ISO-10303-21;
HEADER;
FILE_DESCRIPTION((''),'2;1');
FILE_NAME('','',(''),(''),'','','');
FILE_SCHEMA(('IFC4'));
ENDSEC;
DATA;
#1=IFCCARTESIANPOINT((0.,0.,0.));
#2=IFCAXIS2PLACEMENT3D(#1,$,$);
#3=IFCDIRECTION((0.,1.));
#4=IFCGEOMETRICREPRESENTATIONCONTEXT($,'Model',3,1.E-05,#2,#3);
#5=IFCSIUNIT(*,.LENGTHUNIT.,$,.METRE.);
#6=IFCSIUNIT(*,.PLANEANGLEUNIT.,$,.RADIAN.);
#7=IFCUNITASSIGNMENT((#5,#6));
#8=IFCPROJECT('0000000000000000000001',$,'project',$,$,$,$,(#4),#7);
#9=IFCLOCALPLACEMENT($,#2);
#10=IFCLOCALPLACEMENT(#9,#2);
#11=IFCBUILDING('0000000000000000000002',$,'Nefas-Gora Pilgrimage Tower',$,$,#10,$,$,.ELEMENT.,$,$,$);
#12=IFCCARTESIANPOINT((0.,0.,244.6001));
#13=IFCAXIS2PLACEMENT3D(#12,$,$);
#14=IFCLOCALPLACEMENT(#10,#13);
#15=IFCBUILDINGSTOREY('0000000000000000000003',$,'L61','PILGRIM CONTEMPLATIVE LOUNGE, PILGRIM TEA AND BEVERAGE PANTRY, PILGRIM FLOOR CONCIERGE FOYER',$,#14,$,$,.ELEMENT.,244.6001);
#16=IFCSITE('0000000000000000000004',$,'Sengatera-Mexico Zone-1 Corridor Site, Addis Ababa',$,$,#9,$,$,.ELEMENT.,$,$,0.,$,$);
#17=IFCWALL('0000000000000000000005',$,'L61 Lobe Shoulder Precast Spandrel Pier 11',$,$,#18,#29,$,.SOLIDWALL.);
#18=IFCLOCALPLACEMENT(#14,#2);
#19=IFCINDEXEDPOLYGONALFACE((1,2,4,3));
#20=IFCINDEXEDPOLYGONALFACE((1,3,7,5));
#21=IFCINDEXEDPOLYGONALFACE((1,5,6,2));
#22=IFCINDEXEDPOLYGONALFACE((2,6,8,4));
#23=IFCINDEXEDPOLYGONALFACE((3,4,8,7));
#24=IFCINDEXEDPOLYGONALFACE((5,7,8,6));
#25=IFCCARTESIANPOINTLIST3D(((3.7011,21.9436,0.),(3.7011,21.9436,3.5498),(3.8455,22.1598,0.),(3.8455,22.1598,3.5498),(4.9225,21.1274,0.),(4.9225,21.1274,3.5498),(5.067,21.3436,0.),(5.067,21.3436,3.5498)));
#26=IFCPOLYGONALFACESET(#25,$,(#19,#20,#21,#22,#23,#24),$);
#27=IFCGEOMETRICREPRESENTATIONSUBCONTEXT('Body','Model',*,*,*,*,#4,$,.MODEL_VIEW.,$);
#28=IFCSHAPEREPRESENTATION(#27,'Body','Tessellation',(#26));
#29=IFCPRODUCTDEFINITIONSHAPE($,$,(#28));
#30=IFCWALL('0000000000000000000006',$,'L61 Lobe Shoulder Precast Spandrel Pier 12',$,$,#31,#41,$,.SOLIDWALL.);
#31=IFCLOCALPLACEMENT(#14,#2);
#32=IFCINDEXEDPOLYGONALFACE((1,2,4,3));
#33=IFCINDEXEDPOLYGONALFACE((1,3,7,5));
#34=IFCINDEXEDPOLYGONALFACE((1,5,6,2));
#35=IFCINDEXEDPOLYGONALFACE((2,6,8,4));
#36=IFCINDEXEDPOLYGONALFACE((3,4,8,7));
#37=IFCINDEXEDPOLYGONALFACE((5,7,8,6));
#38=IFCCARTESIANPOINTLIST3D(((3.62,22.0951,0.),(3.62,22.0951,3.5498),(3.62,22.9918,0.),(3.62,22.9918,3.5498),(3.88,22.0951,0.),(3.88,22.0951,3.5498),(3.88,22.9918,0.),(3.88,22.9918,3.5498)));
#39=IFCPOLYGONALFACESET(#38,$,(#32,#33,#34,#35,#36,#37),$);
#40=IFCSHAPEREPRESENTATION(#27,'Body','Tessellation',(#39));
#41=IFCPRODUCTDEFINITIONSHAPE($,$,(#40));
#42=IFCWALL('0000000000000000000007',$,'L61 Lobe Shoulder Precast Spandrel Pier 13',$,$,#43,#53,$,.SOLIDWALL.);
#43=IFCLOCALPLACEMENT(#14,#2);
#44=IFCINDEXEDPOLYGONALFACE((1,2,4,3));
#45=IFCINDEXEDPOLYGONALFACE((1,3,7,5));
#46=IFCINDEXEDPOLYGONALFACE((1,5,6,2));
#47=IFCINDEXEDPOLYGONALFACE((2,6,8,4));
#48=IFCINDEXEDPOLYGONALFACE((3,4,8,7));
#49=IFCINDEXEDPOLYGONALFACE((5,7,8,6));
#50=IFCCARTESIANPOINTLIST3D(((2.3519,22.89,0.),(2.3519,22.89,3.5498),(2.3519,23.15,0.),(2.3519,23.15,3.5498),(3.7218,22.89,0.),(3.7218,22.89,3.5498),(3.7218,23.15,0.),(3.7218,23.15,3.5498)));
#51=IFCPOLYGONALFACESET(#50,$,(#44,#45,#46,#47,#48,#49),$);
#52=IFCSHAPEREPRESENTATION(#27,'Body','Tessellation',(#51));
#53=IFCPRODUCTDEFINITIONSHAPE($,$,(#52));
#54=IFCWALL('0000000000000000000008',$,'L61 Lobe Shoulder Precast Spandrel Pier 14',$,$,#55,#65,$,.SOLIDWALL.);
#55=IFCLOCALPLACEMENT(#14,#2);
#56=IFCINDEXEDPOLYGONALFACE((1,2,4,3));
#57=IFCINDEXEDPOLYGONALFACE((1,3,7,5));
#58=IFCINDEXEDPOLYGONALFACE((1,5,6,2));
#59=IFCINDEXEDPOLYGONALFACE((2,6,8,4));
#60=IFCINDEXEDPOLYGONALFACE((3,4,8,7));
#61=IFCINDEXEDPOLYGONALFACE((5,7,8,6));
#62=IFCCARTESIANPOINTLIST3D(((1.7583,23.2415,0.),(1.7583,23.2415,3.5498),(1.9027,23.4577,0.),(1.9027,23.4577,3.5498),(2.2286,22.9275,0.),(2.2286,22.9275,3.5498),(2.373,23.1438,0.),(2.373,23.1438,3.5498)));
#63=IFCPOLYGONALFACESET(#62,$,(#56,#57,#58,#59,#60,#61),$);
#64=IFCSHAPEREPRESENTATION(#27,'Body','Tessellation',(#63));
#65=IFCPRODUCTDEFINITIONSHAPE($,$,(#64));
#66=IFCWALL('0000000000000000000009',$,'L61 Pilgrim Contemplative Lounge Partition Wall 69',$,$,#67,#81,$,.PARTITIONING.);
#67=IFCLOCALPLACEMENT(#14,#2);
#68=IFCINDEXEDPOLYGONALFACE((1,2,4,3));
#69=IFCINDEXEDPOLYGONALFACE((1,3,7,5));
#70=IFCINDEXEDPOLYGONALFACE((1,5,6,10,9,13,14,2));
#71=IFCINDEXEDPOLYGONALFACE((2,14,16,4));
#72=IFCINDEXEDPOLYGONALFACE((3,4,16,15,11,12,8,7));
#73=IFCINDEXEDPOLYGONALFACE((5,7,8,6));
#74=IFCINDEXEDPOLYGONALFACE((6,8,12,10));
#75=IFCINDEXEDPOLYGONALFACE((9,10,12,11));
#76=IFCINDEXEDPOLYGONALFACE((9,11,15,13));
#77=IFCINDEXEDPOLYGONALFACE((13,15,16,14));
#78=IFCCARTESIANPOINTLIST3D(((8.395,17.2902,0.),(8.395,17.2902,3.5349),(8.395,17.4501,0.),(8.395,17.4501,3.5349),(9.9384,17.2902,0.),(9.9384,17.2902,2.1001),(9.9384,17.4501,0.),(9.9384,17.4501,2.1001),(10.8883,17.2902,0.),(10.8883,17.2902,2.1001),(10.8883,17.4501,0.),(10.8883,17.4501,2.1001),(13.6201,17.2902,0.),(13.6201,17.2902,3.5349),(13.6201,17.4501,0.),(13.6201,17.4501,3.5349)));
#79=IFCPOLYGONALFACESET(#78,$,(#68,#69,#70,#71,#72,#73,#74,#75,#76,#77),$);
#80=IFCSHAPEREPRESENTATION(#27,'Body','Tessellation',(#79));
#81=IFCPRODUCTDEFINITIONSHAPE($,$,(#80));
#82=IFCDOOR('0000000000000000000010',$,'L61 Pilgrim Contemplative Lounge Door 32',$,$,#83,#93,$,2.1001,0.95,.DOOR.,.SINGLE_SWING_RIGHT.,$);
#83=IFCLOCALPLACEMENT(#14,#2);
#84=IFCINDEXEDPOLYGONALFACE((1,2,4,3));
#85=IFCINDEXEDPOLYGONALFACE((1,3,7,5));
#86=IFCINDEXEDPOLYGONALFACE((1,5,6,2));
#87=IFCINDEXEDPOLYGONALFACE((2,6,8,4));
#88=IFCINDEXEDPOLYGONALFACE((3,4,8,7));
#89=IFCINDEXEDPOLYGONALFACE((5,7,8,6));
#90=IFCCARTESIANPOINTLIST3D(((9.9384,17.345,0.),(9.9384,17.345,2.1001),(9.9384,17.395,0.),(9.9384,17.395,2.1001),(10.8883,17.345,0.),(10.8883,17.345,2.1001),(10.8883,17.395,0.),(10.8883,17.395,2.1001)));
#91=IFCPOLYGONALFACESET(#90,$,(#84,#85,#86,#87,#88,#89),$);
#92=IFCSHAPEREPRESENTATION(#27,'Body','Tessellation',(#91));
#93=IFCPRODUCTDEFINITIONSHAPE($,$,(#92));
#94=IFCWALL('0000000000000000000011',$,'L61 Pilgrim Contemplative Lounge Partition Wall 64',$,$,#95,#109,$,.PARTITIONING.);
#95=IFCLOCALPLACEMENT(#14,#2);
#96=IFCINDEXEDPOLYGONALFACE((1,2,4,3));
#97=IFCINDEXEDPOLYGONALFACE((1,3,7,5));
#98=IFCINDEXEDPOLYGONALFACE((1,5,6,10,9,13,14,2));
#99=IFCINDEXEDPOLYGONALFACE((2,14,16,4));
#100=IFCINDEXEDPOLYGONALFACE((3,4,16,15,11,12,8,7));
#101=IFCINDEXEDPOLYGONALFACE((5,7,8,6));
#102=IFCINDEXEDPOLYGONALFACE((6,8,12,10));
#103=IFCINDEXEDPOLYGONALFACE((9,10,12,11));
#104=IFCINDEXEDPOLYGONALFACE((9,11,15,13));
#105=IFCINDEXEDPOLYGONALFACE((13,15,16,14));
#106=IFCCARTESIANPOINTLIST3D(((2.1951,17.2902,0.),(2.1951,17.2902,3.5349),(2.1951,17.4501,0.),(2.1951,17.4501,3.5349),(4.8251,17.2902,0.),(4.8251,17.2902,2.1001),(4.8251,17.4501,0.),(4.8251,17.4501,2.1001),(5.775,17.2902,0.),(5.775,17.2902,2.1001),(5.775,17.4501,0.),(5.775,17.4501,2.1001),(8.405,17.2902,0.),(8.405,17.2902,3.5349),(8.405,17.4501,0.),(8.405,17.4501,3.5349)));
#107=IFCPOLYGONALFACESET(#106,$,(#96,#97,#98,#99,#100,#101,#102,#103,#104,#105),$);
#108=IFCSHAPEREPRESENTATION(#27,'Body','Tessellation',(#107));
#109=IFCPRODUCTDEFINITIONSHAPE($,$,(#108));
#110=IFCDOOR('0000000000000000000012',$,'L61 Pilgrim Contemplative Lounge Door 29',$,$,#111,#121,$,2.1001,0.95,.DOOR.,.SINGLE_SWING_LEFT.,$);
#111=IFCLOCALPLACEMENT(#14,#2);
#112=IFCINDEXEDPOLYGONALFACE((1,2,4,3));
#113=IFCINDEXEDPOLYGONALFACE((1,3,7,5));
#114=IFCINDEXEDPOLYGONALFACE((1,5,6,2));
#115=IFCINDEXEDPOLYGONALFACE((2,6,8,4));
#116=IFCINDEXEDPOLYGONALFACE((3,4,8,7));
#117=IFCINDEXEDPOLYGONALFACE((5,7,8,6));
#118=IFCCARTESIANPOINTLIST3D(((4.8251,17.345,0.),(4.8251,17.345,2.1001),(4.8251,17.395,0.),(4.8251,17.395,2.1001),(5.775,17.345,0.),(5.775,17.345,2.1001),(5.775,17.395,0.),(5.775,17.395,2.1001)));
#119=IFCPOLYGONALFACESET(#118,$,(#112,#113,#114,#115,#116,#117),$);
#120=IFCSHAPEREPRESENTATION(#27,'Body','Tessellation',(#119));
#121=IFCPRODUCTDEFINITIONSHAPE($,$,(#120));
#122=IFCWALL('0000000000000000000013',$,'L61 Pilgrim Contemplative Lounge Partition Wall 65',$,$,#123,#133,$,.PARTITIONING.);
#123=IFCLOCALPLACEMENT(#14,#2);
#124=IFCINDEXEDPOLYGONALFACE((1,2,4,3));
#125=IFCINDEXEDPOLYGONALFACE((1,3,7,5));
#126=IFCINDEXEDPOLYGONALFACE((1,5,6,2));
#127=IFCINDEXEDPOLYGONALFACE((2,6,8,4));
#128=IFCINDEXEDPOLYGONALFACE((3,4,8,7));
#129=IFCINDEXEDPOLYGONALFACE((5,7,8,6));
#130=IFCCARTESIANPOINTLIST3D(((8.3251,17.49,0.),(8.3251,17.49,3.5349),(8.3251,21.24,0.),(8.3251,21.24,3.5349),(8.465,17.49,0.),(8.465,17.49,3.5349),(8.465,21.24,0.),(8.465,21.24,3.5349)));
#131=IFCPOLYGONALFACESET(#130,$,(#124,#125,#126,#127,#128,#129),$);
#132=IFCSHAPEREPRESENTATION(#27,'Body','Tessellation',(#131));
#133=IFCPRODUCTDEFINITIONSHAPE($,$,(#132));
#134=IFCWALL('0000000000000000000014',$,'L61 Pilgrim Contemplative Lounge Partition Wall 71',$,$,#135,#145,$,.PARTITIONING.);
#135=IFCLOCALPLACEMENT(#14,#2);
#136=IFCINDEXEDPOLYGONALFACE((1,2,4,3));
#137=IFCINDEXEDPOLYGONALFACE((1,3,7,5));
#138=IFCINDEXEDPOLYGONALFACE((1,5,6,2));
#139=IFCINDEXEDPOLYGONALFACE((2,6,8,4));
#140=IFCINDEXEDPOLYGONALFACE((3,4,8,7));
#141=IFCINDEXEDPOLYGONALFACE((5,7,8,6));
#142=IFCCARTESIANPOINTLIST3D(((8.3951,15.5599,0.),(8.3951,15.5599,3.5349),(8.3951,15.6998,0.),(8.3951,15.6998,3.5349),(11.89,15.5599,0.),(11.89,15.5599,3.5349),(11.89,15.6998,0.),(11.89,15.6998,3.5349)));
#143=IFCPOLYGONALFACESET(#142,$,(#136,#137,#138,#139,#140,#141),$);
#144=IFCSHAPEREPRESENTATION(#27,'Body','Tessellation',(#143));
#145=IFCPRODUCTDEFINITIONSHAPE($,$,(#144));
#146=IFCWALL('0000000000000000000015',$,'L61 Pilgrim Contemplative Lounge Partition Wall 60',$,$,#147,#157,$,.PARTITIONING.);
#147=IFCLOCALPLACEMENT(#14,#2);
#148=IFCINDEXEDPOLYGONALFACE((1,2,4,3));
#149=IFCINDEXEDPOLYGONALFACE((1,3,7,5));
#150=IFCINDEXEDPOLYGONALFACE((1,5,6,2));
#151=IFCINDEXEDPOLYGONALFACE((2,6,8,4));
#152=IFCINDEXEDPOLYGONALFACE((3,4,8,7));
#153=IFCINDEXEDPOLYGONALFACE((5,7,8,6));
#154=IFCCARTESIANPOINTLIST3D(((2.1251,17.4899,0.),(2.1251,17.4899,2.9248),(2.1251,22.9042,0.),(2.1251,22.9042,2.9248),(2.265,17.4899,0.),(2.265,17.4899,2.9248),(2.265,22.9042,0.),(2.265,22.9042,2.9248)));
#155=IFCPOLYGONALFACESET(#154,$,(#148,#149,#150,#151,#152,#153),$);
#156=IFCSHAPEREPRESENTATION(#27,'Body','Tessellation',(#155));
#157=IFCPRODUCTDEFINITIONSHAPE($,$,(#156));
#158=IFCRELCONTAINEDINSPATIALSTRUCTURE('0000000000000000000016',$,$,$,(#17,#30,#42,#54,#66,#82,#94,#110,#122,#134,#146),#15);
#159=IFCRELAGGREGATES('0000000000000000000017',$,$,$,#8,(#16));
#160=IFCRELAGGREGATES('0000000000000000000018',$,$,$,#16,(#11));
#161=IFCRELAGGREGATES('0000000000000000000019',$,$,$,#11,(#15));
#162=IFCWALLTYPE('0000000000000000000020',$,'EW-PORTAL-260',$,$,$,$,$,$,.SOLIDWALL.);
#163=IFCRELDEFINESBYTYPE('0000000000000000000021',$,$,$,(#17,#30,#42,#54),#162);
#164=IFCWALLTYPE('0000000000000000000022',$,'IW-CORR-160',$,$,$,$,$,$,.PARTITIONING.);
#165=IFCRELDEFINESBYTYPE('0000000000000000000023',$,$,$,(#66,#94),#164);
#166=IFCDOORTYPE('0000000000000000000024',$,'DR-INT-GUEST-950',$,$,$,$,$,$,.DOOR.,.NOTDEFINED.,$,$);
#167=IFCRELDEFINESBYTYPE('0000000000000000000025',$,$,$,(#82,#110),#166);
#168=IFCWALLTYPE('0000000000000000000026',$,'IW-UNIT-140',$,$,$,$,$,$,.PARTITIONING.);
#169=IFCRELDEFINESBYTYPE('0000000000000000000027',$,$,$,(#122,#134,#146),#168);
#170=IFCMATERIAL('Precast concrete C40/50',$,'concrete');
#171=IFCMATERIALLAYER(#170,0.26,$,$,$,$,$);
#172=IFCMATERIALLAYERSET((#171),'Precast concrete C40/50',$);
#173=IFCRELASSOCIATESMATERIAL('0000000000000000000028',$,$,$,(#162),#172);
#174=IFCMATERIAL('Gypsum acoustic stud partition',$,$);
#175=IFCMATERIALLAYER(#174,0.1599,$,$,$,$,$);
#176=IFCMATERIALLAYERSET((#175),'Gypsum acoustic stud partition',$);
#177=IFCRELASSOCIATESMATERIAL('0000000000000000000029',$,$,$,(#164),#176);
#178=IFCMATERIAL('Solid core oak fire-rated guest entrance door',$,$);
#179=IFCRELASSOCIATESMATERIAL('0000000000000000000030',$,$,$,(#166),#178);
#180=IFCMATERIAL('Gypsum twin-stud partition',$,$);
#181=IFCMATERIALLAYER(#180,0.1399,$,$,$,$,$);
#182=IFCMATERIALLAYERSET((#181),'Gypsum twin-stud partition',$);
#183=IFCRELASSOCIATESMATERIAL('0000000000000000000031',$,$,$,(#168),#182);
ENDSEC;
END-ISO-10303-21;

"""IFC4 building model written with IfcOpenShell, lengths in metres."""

from ifc_helpers import new_model, si_unit, direction, frame, frame_2d, origin, place, context, subcontext, project, spatial, rectangle, extrude, source, transform, mapped, material, layer, layer_set, type_object, element, fill, save


model = new_model("IFC4")

# Units and contexts
model_context = context("Model", 3, precision=1e-05, world=origin(), true_north=direction((0.0, 1.0)))
body_context = subcontext(model_context, "Body", "Model", "MODEL_VIEW")
ifc_project = project(units=[si_unit("LENGTHUNIT", "METRE"), si_unit("PLANEANGLEUNIT", "RADIAN")], contexts=[model_context])

# Site, building, storey
site_placement = place(None, origin())
site = spatial("IfcSite", under=ifc_project, at=site_placement, Name="Sengatera-Mexico Zone-1 Corridor Site, Addis Ababa", CompositionType="ELEMENT", RefElevation=0.0)
building_placement = place(site_placement, origin())
building = spatial("IfcBuilding", under=site, at=building_placement, Name="Nefas-Gora Pilgrimage Tower", CompositionType="ELEMENT")
storey_placement = place(building_placement, frame((0.0, 0.0, 244.6001)))
storey = spatial("IfcBuildingStorey", under=building, at=storey_placement, Name="L61", Description="PILGRIM CONTEMPLATIVE LOUNGE, PILGRIM TEA AND BEVERAGE PANTRY, PILGRIM FLOOR CONCIERGE FOYER", CompositionType="ELEMENT", Elevation=244.6001)

# Walls
ifc_material_1 = material(Name="Precast concrete C40/50", Category="concrete")
ifc_layer_1 = layer(ifc_material_1, 0.26)
ifc_layer_set_1 = layer_set([ifc_layer_1], Name="Precast concrete C40/50")
wall_type_1 = type_object("IfcWallType", Name="EW-PORTAL-260", PredefinedType="SOLIDWALL", material=ifc_layer_set_1)
shared_shape_1 = source(origin(), body_context, "Body", "SweptSolid", [
    extrude(rectangle(XDim=1.469, YDim=0.26, at=frame_2d((0.7344, 0.0))), origin(), (0.0, 0.0, 1.0), 3.5498),
])
wall_1_placement = place(storey_placement, frame((4.9946, 21.2356, 0.0), z_axis=(0.0, 0.0, 1.0), x_axis=(-0.831462, 0.555582, 0.0)))
element("IfcWall", 1, at=wall_1_placement, inside=storey, type_object=wall_type_1, Name="L61 Lobe Shoulder Precast Spandrel Pier 11", PredefinedType="SOLIDWALL", context=body_context, shape_type="MappedRepresentation", body=[
    mapped(shared_shape_1, transform((0.0, 0.0, 0.0), x_axis=(1.0, 0.0, 0.0), y_axis=(0.0, 1.0, 0.0), z_axis=(0.0, 0.0, 1.0), scale=1.0)),
])
shared_shape_2 = source(origin(), body_context, "Body", "SweptSolid", [
    extrude(rectangle(XDim=0.8967, YDim=0.26, at=frame_2d((0.4482, 0.0))), origin(), (0.0, 0.0, 1.0), 3.5498),
])
wall_2_placement = place(storey_placement, frame((3.75, 22.0952, 0.0), z_axis=(0.0, 0.0, 1.0), x_axis=(0.0, 1.0, 0.0)))
element("IfcWall", 2, at=wall_2_placement, inside=storey, type_object=wall_type_1, Name="L61 Lobe Shoulder Precast Spandrel Pier 12", PredefinedType="SOLIDWALL", context=body_context, shape_type="MappedRepresentation", body=[
    mapped(shared_shape_2, transform((0.0, 0.0, 0.0), x_axis=(1.0, 0.0, 0.0), y_axis=(0.0, 1.0, 0.0), z_axis=(0.0, 0.0, 1.0), scale=1.0)),
])
shared_shape_3 = source(origin(), body_context, "Body", "SweptSolid", [
    extrude(rectangle(XDim=1.3699, YDim=0.26, at=frame_2d((0.6851, 0.0))), origin(), (0.0, 0.0, 1.0), 3.5498),
])
wall_3_placement = place(storey_placement, frame((3.7219, 23.02, 0.0), z_axis=(0.0, 0.0, 1.0), x_axis=(-1.0, 0.0, 0.0)))
element("IfcWall", 3, at=wall_3_placement, inside=storey, type_object=wall_type_1, Name="L61 Lobe Shoulder Precast Spandrel Pier 13", PredefinedType="SOLIDWALL", context=body_context, shape_type="MappedRepresentation", body=[
    mapped(shared_shape_3, transform((0.0, 0.0, 0.0), x_axis=(1.0, 0.0, 0.0), y_axis=(0.0, 1.0, 0.0), z_axis=(0.0, 0.0, 1.0), scale=1.0)),
])
shared_shape_4 = source(origin(), body_context, "Body", "SweptSolid", [
    extrude(rectangle(XDim=0.5654, YDim=0.26, at=frame_2d((0.2827, 0.0))), origin(), (0.0, 0.0, 1.0), 3.5498),
])
wall_4_placement = place(storey_placement, frame((2.3008, 23.0356, 0.0), z_axis=(0.0, 0.0, 1.0), x_axis=(-0.831651, 0.555298, 0.0)))
element("IfcWall", 4, at=wall_4_placement, inside=storey, type_object=wall_type_1, Name="L61 Lobe Shoulder Precast Spandrel Pier 14", PredefinedType="SOLIDWALL", context=body_context, shape_type="MappedRepresentation", body=[
    mapped(shared_shape_4, transform((0.0, 0.0, 0.0), x_axis=(1.0, 0.0, 0.0), y_axis=(0.0, 1.0, 0.0), z_axis=(0.0, 0.0, 1.0), scale=1.0)),
])

# Walls, openings, doors
ifc_material_2 = material(Name="Gypsum acoustic stud partition")
ifc_layer_2 = layer(ifc_material_2, 0.1599)
ifc_layer_set_2 = layer_set([ifc_layer_2], Name="Gypsum acoustic stud partition")
wall_type_2 = type_object("IfcWallType", Name="IW-CORR-160", PredefinedType="PARTITIONING", material=ifc_layer_set_2)
shared_shape_5 = source(origin(), body_context, "Body", "SweptSolid", [
    extrude(rectangle(XDim=5.2251, YDim=0.1599, at=frame_2d((2.6125, 0.0))), origin(), (0.0, 0.0, 1.0), 3.5349),
])
wall_5_placement = place(storey_placement, frame((8.395, 17.3701, 0.0), z_axis=(0.0, 0.0, 1.0), x_axis=(1.0, 0.0, 0.0)))
wall_5 = element("IfcWall", 5, at=wall_5_placement, inside=storey, type_object=wall_type_2, Name="L61 Pilgrim Contemplative Lounge Partition Wall 69", PredefinedType="PARTITIONING", context=body_context, shape_type="MappedRepresentation", body=[
    mapped(shared_shape_5, transform((0.0, 0.0, 0.0), x_axis=(1.0, 0.0, 0.0), y_axis=(0.0, 1.0, 0.0), z_axis=(0.0, 0.0, 1.0), scale=1.0)),
])
opening_1_placement = place(wall_5_placement, frame((1.5432, 0.0, 0.0)))
opening_1 = element("IfcOpeningElement", 6, at=opening_1_placement, cuts=wall_5, PredefinedType="OPENING", context=body_context, shape_type="SweptSolid", body=[
    extrude(rectangle(XDim=0.95, YDim=2.1001, at=frame_2d((0.4751, 1.05))), frame((0.0, 0.0898, 0.0), z_axis=(0.0, -1.0, 0.0), x_axis=(1.0, 0.0, 0.0)), (0.0, 0.0, 1.0), 0.1799),
])
ifc_material_3 = material(Name="Solid core oak fire-rated guest entrance door")
door_type = type_object("IfcDoorType", Name="DR-INT-GUEST-950", OperationType="NOTDEFINED", PredefinedType="DOOR", material=ifc_material_3)
shared_shape_6 = source(origin(), body_context, "Body", "SweptSolid", [
    extrude(rectangle(XDim=0.95, YDim=2.1001, at=frame_2d((0.4751, 1.05))), frame((0.0, 0.0249, 0.0), z_axis=(0.0, -1.0, 0.0), x_axis=(1.0, 0.0, 0.0)), (0.0, 0.0, 1.0), 0.05),
])
door_1_placement = place(opening_1_placement, origin())
door_1 = element("IfcDoor", 7, at=door_1_placement, inside=storey, type_object=door_type, Name="L61 Pilgrim Contemplative Lounge Door 32", OperationType="SINGLE_SWING_RIGHT", OverallHeight=2.1001, OverallWidth=0.95, PredefinedType="DOOR", context=body_context, shape_type="MappedRepresentation", body=[
    mapped(shared_shape_6, transform((0.0, 0.0, 0.0), x_axis=(1.0, 0.0, 0.0), y_axis=(0.0, 1.0, 0.0), z_axis=(0.0, 0.0, 1.0), scale=1.0)),
])
fill(opening_1, door_1)
shared_shape_7 = source(origin(), body_context, "Body", "SweptSolid", [
    extrude(rectangle(XDim=6.21, YDim=0.1599, at=frame_2d((3.105, 0.0))), origin(), (0.0, 0.0, 1.0), 3.5349),
])
wall_6_placement = place(storey_placement, frame((2.1951, 17.3701, 0.0), z_axis=(0.0, 0.0, 1.0), x_axis=(1.0, 0.0, 0.0)))
wall_6 = element("IfcWall", 8, at=wall_6_placement, inside=storey, type_object=wall_type_2, Name="L61 Pilgrim Contemplative Lounge Partition Wall 64", PredefinedType="PARTITIONING", context=body_context, shape_type="MappedRepresentation", body=[
    mapped(shared_shape_7, transform((0.0, 0.0, 0.0), x_axis=(1.0, 0.0, 0.0), y_axis=(0.0, 1.0, 0.0), z_axis=(0.0, 0.0, 1.0), scale=1.0)),
])
opening_2_placement = place(wall_6_placement, frame((2.6299, 0.0, 0.0)))
opening_2 = element("IfcOpeningElement", 9, at=opening_2_placement, cuts=wall_6, PredefinedType="OPENING", context=body_context, shape_type="SweptSolid", body=[
    extrude(rectangle(XDim=0.95, YDim=2.1001, at=frame_2d((0.4751, 1.05))), frame((0.0, 0.0898, 0.0), z_axis=(0.0, -1.0, 0.0), x_axis=(1.0, 0.0, 0.0)), (0.0, 0.0, 1.0), 0.1799),
])
door_2_placement = place(opening_2_placement, origin())
door_2 = element("IfcDoor", 10, at=door_2_placement, inside=storey, type_object=door_type, Name="L61 Pilgrim Contemplative Lounge Door 29", OperationType="SINGLE_SWING_LEFT", OverallHeight=2.1001, OverallWidth=0.95, PredefinedType="DOOR", context=body_context, shape_type="MappedRepresentation", body=[
    mapped(shared_shape_6, transform((0.0, 0.0, 0.0), x_axis=(1.0, 0.0, 0.0), y_axis=(0.0, 1.0, 0.0), z_axis=(0.0, 0.0, 1.0), scale=1.0)),
])
fill(opening_2, door_2)

# Walls
ifc_material_4 = material(Name="Gypsum twin-stud partition")
ifc_layer_3 = layer(ifc_material_4, 0.1399)
ifc_layer_set_3 = layer_set([ifc_layer_3], Name="Gypsum twin-stud partition")
wall_type_3 = type_object("IfcWallType", Name="IW-UNIT-140", PredefinedType="PARTITIONING", material=ifc_layer_set_3)
shared_shape_8 = source(origin(), body_context, "Body", "SweptSolid", [
    extrude(rectangle(XDim=3.75, YDim=0.1399, at=frame_2d((1.875, 0.0))), origin(), (0.0, 0.0, 1.0), 3.5349),
])
wall_7_placement = place(storey_placement, frame((8.395, 17.49, 0.0), z_axis=(0.0, 0.0, 1.0), x_axis=(0.0, 1.0, 0.0)))
element("IfcWall", 11, at=wall_7_placement, inside=storey, type_object=wall_type_3, Name="L61 Pilgrim Contemplative Lounge Partition Wall 65", PredefinedType="PARTITIONING", context=body_context, shape_type="MappedRepresentation", body=[
    mapped(shared_shape_8, transform((0.0, 0.0, 0.0), x_axis=(1.0, 0.0, 0.0), y_axis=(0.0, 1.0, 0.0), z_axis=(0.0, 0.0, 1.0), scale=1.0)),
])
shared_shape_9 = source(origin(), body_context, "Body", "SweptSolid", [
    extrude(rectangle(XDim=3.4949, YDim=0.1399, at=frame_2d((1.7476, 0.0))), origin(), (0.0, 0.0, 1.0), 3.5349),
])
wall_8_placement = place(storey_placement, frame((8.395, 15.6299, 0.0), z_axis=(0.0, 0.0, 1.0), x_axis=(1.0, 0.0, 0.0)))
element("IfcWall", 12, at=wall_8_placement, inside=storey, type_object=wall_type_3, Name="L61 Pilgrim Contemplative Lounge Partition Wall 71", PredefinedType="PARTITIONING", context=body_context, shape_type="MappedRepresentation", body=[
    mapped(shared_shape_9, transform((0.0, 0.0, 0.0), x_axis=(1.0, 0.0, 0.0), y_axis=(0.0, 1.0, 0.0), z_axis=(0.0, 0.0, 1.0), scale=1.0)),
])
shared_shape_10 = source(origin(), body_context, "Body", "SweptSolid", [
    extrude(rectangle(XDim=5.4143, YDim=0.1399, at=frame_2d((2.707, 0.0))), origin(), (0.0, 0.0, 1.0), 2.9248),
])
wall_9_placement = place(storey_placement, frame((2.1951, 17.49, 0.0), z_axis=(0.0, 0.0, 1.0), x_axis=(0.0, 1.0, 0.0)))
element("IfcWall", 13, at=wall_9_placement, inside=storey, type_object=wall_type_3, Name="L61 Pilgrim Contemplative Lounge Partition Wall 60", PredefinedType="PARTITIONING", context=body_context, shape_type="MappedRepresentation", body=[
    mapped(shared_shape_10, transform((0.0, 0.0, 0.0), x_axis=(1.0, 0.0, 0.0), y_axis=(0.0, 1.0, 0.0), z_axis=(0.0, 0.0, 1.0), scale=1.0)),
])

save(model, "model.ifc")
